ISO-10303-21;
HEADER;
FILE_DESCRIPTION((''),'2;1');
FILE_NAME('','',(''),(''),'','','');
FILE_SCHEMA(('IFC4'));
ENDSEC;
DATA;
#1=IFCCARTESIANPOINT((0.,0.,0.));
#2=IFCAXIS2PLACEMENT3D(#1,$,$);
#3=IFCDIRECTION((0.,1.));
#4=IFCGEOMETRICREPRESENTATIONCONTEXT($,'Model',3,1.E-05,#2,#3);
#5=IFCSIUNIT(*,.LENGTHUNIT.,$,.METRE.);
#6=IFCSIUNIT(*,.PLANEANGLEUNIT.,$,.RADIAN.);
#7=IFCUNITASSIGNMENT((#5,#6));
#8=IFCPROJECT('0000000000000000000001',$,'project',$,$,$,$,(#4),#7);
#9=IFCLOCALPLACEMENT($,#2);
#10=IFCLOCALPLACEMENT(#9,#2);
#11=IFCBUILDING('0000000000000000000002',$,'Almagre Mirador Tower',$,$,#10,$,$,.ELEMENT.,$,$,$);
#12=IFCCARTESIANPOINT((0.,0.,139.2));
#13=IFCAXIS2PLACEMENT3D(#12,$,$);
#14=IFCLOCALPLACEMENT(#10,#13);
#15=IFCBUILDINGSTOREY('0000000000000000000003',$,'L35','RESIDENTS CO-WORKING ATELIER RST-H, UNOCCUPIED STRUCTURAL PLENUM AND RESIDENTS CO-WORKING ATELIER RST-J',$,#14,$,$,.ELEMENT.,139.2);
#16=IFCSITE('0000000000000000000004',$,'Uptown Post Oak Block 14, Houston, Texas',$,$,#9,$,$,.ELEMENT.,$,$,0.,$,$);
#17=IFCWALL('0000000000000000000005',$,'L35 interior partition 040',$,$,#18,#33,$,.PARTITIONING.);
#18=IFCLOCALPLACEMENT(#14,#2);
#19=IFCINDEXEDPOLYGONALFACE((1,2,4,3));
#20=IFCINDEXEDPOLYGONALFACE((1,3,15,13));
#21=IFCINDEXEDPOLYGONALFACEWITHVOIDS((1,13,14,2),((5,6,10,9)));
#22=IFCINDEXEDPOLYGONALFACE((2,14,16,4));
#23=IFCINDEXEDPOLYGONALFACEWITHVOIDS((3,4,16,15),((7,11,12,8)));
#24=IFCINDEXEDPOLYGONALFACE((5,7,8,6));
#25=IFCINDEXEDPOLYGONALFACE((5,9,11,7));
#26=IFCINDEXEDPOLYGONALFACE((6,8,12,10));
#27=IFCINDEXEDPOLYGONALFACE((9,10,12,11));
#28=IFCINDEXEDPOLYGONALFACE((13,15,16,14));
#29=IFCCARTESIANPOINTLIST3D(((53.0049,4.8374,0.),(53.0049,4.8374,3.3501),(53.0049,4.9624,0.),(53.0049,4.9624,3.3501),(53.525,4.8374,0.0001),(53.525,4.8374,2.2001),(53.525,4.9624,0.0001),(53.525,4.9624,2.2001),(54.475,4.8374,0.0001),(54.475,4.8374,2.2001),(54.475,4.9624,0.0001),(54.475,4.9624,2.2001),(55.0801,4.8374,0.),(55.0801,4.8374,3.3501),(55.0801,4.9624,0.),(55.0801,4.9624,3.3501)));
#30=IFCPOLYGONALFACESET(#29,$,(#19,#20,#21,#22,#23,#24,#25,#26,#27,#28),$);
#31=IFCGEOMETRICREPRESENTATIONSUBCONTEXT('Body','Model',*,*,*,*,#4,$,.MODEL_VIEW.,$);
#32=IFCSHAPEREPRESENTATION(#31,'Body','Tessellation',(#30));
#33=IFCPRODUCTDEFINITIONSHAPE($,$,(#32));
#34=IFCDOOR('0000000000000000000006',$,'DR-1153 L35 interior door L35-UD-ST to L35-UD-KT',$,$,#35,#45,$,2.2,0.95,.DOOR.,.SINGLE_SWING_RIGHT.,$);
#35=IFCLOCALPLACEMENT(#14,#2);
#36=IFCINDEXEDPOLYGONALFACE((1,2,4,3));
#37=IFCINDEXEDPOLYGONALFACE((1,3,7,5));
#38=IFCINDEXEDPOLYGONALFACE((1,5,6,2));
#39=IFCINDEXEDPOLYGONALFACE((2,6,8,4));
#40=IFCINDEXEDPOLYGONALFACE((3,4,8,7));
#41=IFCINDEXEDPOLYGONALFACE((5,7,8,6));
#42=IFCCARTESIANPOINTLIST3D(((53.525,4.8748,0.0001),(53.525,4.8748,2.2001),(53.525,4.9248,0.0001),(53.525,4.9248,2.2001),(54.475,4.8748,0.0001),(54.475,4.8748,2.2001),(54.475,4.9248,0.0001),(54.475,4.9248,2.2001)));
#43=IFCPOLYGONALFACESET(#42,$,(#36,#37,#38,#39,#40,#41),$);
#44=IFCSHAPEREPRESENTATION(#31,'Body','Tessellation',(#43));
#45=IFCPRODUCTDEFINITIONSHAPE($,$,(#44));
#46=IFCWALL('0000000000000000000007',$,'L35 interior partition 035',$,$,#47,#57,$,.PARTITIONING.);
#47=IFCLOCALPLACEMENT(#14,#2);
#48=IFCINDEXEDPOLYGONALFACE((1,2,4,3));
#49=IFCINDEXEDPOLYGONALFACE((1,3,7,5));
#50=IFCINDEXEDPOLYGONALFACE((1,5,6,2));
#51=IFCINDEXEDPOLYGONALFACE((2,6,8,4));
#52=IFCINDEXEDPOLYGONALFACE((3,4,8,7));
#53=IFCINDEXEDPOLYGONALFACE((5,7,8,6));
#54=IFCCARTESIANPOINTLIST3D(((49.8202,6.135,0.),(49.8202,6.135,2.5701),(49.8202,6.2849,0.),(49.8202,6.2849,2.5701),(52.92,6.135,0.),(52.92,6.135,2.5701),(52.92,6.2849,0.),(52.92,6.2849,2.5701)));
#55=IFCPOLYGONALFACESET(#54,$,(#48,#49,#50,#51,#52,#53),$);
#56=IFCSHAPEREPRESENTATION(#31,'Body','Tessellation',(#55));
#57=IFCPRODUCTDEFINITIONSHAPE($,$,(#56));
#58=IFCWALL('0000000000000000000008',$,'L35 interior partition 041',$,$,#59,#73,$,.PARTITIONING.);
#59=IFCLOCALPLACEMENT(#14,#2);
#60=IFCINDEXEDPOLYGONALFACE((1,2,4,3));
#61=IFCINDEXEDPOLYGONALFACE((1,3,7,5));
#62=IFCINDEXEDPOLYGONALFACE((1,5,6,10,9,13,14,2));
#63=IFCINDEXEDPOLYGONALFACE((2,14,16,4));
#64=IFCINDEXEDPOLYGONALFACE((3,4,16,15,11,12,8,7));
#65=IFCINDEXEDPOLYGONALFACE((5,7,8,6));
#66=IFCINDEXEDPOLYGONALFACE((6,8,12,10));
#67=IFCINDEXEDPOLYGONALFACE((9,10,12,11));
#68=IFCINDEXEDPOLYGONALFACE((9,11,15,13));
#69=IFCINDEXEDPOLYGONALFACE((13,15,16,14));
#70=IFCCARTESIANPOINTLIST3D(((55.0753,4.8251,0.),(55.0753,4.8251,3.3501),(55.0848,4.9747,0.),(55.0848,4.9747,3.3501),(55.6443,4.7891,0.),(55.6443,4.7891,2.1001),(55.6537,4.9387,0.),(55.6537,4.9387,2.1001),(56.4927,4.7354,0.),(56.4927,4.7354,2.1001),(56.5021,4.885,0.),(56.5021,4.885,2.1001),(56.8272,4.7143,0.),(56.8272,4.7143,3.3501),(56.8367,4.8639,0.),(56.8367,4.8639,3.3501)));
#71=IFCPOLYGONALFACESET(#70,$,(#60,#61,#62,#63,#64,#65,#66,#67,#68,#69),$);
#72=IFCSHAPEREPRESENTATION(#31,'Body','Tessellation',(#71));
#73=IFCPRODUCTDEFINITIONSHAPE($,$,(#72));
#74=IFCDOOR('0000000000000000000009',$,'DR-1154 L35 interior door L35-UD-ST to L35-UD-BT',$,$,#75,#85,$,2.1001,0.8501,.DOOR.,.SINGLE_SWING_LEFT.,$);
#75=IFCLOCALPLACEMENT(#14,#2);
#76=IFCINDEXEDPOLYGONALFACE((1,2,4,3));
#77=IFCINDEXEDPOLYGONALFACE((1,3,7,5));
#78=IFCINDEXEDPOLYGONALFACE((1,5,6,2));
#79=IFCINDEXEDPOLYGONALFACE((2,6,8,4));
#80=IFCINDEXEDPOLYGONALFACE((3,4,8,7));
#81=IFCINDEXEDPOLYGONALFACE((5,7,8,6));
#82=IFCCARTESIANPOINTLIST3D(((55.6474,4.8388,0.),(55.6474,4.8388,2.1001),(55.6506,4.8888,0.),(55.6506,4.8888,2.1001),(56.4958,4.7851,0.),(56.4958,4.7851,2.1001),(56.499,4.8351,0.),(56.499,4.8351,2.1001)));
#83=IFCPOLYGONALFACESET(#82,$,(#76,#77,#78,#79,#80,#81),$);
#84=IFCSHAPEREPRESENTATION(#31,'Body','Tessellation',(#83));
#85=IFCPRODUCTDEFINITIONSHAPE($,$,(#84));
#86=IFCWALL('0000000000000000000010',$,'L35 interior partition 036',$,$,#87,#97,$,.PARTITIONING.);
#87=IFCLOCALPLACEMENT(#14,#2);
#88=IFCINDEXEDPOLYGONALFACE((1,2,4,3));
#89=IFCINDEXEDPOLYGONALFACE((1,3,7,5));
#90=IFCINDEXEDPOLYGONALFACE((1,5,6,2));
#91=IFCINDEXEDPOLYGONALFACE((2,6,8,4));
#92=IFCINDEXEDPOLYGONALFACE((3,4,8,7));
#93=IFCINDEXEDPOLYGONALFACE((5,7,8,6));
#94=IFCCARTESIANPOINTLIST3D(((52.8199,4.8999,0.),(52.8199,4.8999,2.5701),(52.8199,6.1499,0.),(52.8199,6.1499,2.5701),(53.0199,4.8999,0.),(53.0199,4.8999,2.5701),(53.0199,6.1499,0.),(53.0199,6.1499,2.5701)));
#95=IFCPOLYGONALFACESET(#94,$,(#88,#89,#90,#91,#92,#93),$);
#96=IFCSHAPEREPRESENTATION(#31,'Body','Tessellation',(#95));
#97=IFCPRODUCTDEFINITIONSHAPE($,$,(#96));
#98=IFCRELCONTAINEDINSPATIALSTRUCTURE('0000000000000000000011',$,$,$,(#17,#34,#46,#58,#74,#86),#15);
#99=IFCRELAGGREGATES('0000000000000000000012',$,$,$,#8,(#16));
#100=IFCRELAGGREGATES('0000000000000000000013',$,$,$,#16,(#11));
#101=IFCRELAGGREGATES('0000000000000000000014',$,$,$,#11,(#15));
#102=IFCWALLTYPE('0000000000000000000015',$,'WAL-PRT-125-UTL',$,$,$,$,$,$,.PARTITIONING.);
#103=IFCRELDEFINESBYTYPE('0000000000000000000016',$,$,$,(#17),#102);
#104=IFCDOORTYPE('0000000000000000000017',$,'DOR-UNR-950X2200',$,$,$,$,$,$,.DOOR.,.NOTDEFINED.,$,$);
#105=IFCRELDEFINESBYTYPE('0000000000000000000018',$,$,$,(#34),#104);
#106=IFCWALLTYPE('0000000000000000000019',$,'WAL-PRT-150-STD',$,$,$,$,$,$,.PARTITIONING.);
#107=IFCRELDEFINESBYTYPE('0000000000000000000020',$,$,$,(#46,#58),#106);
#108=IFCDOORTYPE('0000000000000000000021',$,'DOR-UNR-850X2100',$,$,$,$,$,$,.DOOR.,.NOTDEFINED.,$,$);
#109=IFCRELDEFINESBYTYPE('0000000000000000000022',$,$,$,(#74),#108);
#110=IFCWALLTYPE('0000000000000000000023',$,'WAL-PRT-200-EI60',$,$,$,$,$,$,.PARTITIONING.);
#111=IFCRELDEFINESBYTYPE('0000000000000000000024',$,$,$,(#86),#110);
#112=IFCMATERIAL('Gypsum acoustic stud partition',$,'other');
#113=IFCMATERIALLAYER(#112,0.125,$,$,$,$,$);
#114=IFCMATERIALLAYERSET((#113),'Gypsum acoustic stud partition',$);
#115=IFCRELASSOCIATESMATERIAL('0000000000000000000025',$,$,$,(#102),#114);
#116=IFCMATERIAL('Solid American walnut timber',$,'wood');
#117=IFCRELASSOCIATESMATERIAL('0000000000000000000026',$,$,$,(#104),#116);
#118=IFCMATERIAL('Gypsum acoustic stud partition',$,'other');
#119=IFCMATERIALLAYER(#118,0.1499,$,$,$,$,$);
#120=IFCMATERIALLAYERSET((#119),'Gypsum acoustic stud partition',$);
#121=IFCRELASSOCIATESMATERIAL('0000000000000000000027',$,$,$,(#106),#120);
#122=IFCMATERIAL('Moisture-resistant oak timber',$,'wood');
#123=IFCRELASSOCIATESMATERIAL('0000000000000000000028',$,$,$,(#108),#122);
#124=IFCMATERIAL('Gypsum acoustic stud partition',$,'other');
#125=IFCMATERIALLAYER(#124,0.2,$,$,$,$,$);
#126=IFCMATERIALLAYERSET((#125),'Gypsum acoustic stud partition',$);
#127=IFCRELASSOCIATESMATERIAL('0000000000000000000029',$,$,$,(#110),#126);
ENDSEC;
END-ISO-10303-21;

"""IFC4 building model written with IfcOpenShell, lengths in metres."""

from ifc_helpers import new_model, si_unit, direction, frame, frame_2d, origin, place, context, subcontext, project, spatial, rectangle, extrude, material, layer, layer_set, type_object, element, fill, save


model = new_model("IFC4")

# Units and contexts
model_context = context("Model", 3, precision=1e-05, world=origin(), true_north=direction((0.0, 1.0)))
body_context = subcontext(model_context, "Body", "Model", "MODEL_VIEW")
ifc_project = project(units=[si_unit("LENGTHUNIT", "METRE"), si_unit("PLANEANGLEUNIT", "RADIAN")], contexts=[model_context])

# Site, building, storey
site_placement = place(None, origin())
site = spatial("IfcSite", under=ifc_project, at=site_placement, Name="Uptown Post Oak Block 14, Houston, Texas", CompositionType="ELEMENT", RefElevation=0.0)
building_placement = place(site_placement, origin())
building = spatial("IfcBuilding", under=site, at=building_placement, Name="Almagre Mirador Tower", CompositionType="ELEMENT")
storey_placement = place(building_placement, frame((0.0, 0.0, 139.2)))
storey = spatial("IfcBuildingStorey", under=building, at=storey_placement, Name="L35", Description="RESIDENTS CO-WORKING ATELIER RST-H, UNOCCUPIED STRUCTURAL PLENUM AND RESIDENTS CO-WORKING ATELIER RST-J", CompositionType="ELEMENT", Elevation=139.2)

# Wall, opening, door
ifc_material_1 = material(Name="Gypsum acoustic stud partition", Category="other")
ifc_layer_1 = layer(ifc_material_1, 0.125)
ifc_layer_set_1 = layer_set([ifc_layer_1], Name="Gypsum acoustic stud partition")
wall_type_1 = type_object("IfcWallType", Name="WAL-PRT-125-UTL", PredefinedType="PARTITIONING", material=ifc_layer_set_1)
wall_1_placement = place(storey_placement, frame((53.0049, 4.8999, 0.0), z_axis=(0.0, 0.0, 1.0), x_axis=(1.0, 0.0, 0.0)))
wall_1 = element("IfcWall", 1, at=wall_1_placement, inside=storey, type_object=wall_type_1, Name="L35 interior partition 040", PredefinedType="PARTITIONING", context=body_context, shape_type="SweptSolid", body=[
    extrude(rectangle(XDim=2.0752, YDim=0.125, at=frame_2d((1.0376, 0.0))), origin(), (0.0, 0.0, 1.0), 3.3501),
])
opening_1_placement = place(wall_1_placement, frame((0.52, 0.0, 0.0)))
opening_1 = element("IfcOpeningElement", 2, at=opening_1_placement, cuts=wall_1, PredefinedType="OPENING", context=body_context, shape_type="SweptSolid", body=[
    extrude(rectangle(XDim=0.95, YDim=2.2, at=frame_2d((0.4751, 1.1001))), frame((0.0, 0.0725, 0.0), z_axis=(0.0, -1.0, 0.0), x_axis=(1.0, 0.0, 0.0)), (0.0, 0.0, 1.0), 0.145),
])
ifc_material_2 = material(Name="Solid American walnut timber", Category="wood")
door_type_1 = type_object("IfcDoorType", Name="DOR-UNR-950X2200", OperationType="NOTDEFINED", PredefinedType="DOOR", material=ifc_material_2)
door_1_placement = place(opening_1_placement, origin())
door_1 = element("IfcDoor", 3, at=door_1_placement, inside=storey, type_object=door_type_1, Name="DR-1153 L35 interior door L35-UD-ST to L35-UD-KT", OperationType="SINGLE_SWING_RIGHT", OverallHeight=2.2, OverallWidth=0.95, PredefinedType="DOOR", context=body_context, shape_type="SweptSolid", body=[
    extrude(rectangle(XDim=0.95, YDim=2.2, at=frame_2d((0.4751, 1.1001))), frame((0.0, 0.0249, 0.0), z_axis=(0.0, -1.0, 0.0), x_axis=(1.0, 0.0, 0.0)), (0.0, 0.0, 1.0), 0.05),
])
fill(opening_1, door_1)

# Wall
ifc_material_3 = material(Name="Gypsum acoustic stud partition", Category="other")
ifc_layer_2 = layer(ifc_material_3, 0.1499)
ifc_layer_set_2 = layer_set([ifc_layer_2], Name="Gypsum acoustic stud partition")
wall_type_2 = type_object("IfcWallType", Name="WAL-PRT-150-STD", PredefinedType="PARTITIONING", material=ifc_layer_set_2)
wall_2_placement = place(storey_placement, frame((52.9199, 6.21, 0.0), z_axis=(0.0, 0.0, 1.0), x_axis=(-1.0, 0.0, 0.0)))
element("IfcWall", 4, at=wall_2_placement, inside=storey, type_object=wall_type_2, Name="L35 interior partition 035", PredefinedType="PARTITIONING", context=body_context, shape_type="SweptSolid", body=[
    extrude(rectangle(XDim=3.0999, YDim=0.1499, at=frame_2d((1.5498, 0.0))), origin(), (0.0, 0.0, 1.0), 2.5701),
])

# Wall, opening, door
wall_3_placement = place(storey_placement, frame((55.0801, 4.8999, 0.0), z_axis=(0.0, 0.0, 1.0), x_axis=(0.998005, -0.06314, 0.0)))
wall_3 = element("IfcWall", 5, at=wall_3_placement, inside=storey, type_object=wall_type_2, Name="L35 interior partition 041", PredefinedType="PARTITIONING", context=body_context, shape_type="SweptSolid", body=[
    extrude(rectangle(XDim=1.7554, YDim=0.1499, at=frame_2d((0.8777, 0.0))), origin(), (0.0, 0.0, 1.0), 3.3501),
])
opening_2_placement = place(wall_3_placement, frame((0.5701, 0.0, 0.0)))
opening_2 = element("IfcOpeningElement", 6, at=opening_2_placement, cuts=wall_3, PredefinedType="OPENING", context=body_context, shape_type="SweptSolid", body=[
    extrude(rectangle(XDim=0.8501, YDim=2.1001, at=frame_2d((0.425, 1.05))), frame((0.0, 0.085, 0.0), z_axis=(0.0, -1.0, 0.0), x_axis=(1.0, 0.0, 0.0)), (0.0, 0.0, 1.0), 0.1699),
])
ifc_material_4 = material(Name="Moisture-resistant oak timber", Category="wood")
door_type_2 = type_object("IfcDoorType", Name="DOR-UNR-850X2100", OperationType="NOTDEFINED", PredefinedType="DOOR", material=ifc_material_4)
door_2_placement = place(opening_2_placement, origin())
door_2 = element("IfcDoor", 7, at=door_2_placement, inside=storey, type_object=door_type_2, Name="DR-1154 L35 interior door L35-UD-ST to L35-UD-BT", OperationType="SINGLE_SWING_LEFT", OverallHeight=2.1001, OverallWidth=0.8501, PredefinedType="DOOR", context=body_context, shape_type="SweptSolid", body=[
    extrude(rectangle(XDim=0.8501, YDim=2.1001, at=frame_2d((0.425, 1.05))), frame((0.0, 0.0249, 0.0), z_axis=(0.0, -1.0, 0.0), x_axis=(1.0, 0.0, 0.0)), (0.0, 0.0, 1.0), 0.05),
])
fill(opening_2, door_2)

# Wall
ifc_material_5 = material(Name="Gypsum acoustic stud partition", Category="other")
ifc_layer_3 = layer(ifc_material_5, 0.2)
ifc_layer_set_3 = layer_set([ifc_layer_3], Name="Gypsum acoustic stud partition")
wall_type_3 = type_object("IfcWallType", Name="WAL-PRT-200-EI60", PredefinedType="PARTITIONING", material=ifc_layer_set_3)
wall_4_placement = place(storey_placement, frame((52.9199, 4.8999, 0.0), z_axis=(0.0, 0.0, 1.0), x_axis=(0.0, 1.0, 0.0)))
element("IfcWall", 8, at=wall_4_placement, inside=storey, type_object=wall_type_3, Name="L35 interior partition 036", PredefinedType="PARTITIONING", context=body_context, shape_type="SweptSolid", body=[
    extrude(rectangle(XDim=1.25, YDim=0.2, at=frame_2d((0.625, 0.0))), origin(), (0.0, 0.0, 1.0), 2.5701),
])

save(model, "model.ifc")
